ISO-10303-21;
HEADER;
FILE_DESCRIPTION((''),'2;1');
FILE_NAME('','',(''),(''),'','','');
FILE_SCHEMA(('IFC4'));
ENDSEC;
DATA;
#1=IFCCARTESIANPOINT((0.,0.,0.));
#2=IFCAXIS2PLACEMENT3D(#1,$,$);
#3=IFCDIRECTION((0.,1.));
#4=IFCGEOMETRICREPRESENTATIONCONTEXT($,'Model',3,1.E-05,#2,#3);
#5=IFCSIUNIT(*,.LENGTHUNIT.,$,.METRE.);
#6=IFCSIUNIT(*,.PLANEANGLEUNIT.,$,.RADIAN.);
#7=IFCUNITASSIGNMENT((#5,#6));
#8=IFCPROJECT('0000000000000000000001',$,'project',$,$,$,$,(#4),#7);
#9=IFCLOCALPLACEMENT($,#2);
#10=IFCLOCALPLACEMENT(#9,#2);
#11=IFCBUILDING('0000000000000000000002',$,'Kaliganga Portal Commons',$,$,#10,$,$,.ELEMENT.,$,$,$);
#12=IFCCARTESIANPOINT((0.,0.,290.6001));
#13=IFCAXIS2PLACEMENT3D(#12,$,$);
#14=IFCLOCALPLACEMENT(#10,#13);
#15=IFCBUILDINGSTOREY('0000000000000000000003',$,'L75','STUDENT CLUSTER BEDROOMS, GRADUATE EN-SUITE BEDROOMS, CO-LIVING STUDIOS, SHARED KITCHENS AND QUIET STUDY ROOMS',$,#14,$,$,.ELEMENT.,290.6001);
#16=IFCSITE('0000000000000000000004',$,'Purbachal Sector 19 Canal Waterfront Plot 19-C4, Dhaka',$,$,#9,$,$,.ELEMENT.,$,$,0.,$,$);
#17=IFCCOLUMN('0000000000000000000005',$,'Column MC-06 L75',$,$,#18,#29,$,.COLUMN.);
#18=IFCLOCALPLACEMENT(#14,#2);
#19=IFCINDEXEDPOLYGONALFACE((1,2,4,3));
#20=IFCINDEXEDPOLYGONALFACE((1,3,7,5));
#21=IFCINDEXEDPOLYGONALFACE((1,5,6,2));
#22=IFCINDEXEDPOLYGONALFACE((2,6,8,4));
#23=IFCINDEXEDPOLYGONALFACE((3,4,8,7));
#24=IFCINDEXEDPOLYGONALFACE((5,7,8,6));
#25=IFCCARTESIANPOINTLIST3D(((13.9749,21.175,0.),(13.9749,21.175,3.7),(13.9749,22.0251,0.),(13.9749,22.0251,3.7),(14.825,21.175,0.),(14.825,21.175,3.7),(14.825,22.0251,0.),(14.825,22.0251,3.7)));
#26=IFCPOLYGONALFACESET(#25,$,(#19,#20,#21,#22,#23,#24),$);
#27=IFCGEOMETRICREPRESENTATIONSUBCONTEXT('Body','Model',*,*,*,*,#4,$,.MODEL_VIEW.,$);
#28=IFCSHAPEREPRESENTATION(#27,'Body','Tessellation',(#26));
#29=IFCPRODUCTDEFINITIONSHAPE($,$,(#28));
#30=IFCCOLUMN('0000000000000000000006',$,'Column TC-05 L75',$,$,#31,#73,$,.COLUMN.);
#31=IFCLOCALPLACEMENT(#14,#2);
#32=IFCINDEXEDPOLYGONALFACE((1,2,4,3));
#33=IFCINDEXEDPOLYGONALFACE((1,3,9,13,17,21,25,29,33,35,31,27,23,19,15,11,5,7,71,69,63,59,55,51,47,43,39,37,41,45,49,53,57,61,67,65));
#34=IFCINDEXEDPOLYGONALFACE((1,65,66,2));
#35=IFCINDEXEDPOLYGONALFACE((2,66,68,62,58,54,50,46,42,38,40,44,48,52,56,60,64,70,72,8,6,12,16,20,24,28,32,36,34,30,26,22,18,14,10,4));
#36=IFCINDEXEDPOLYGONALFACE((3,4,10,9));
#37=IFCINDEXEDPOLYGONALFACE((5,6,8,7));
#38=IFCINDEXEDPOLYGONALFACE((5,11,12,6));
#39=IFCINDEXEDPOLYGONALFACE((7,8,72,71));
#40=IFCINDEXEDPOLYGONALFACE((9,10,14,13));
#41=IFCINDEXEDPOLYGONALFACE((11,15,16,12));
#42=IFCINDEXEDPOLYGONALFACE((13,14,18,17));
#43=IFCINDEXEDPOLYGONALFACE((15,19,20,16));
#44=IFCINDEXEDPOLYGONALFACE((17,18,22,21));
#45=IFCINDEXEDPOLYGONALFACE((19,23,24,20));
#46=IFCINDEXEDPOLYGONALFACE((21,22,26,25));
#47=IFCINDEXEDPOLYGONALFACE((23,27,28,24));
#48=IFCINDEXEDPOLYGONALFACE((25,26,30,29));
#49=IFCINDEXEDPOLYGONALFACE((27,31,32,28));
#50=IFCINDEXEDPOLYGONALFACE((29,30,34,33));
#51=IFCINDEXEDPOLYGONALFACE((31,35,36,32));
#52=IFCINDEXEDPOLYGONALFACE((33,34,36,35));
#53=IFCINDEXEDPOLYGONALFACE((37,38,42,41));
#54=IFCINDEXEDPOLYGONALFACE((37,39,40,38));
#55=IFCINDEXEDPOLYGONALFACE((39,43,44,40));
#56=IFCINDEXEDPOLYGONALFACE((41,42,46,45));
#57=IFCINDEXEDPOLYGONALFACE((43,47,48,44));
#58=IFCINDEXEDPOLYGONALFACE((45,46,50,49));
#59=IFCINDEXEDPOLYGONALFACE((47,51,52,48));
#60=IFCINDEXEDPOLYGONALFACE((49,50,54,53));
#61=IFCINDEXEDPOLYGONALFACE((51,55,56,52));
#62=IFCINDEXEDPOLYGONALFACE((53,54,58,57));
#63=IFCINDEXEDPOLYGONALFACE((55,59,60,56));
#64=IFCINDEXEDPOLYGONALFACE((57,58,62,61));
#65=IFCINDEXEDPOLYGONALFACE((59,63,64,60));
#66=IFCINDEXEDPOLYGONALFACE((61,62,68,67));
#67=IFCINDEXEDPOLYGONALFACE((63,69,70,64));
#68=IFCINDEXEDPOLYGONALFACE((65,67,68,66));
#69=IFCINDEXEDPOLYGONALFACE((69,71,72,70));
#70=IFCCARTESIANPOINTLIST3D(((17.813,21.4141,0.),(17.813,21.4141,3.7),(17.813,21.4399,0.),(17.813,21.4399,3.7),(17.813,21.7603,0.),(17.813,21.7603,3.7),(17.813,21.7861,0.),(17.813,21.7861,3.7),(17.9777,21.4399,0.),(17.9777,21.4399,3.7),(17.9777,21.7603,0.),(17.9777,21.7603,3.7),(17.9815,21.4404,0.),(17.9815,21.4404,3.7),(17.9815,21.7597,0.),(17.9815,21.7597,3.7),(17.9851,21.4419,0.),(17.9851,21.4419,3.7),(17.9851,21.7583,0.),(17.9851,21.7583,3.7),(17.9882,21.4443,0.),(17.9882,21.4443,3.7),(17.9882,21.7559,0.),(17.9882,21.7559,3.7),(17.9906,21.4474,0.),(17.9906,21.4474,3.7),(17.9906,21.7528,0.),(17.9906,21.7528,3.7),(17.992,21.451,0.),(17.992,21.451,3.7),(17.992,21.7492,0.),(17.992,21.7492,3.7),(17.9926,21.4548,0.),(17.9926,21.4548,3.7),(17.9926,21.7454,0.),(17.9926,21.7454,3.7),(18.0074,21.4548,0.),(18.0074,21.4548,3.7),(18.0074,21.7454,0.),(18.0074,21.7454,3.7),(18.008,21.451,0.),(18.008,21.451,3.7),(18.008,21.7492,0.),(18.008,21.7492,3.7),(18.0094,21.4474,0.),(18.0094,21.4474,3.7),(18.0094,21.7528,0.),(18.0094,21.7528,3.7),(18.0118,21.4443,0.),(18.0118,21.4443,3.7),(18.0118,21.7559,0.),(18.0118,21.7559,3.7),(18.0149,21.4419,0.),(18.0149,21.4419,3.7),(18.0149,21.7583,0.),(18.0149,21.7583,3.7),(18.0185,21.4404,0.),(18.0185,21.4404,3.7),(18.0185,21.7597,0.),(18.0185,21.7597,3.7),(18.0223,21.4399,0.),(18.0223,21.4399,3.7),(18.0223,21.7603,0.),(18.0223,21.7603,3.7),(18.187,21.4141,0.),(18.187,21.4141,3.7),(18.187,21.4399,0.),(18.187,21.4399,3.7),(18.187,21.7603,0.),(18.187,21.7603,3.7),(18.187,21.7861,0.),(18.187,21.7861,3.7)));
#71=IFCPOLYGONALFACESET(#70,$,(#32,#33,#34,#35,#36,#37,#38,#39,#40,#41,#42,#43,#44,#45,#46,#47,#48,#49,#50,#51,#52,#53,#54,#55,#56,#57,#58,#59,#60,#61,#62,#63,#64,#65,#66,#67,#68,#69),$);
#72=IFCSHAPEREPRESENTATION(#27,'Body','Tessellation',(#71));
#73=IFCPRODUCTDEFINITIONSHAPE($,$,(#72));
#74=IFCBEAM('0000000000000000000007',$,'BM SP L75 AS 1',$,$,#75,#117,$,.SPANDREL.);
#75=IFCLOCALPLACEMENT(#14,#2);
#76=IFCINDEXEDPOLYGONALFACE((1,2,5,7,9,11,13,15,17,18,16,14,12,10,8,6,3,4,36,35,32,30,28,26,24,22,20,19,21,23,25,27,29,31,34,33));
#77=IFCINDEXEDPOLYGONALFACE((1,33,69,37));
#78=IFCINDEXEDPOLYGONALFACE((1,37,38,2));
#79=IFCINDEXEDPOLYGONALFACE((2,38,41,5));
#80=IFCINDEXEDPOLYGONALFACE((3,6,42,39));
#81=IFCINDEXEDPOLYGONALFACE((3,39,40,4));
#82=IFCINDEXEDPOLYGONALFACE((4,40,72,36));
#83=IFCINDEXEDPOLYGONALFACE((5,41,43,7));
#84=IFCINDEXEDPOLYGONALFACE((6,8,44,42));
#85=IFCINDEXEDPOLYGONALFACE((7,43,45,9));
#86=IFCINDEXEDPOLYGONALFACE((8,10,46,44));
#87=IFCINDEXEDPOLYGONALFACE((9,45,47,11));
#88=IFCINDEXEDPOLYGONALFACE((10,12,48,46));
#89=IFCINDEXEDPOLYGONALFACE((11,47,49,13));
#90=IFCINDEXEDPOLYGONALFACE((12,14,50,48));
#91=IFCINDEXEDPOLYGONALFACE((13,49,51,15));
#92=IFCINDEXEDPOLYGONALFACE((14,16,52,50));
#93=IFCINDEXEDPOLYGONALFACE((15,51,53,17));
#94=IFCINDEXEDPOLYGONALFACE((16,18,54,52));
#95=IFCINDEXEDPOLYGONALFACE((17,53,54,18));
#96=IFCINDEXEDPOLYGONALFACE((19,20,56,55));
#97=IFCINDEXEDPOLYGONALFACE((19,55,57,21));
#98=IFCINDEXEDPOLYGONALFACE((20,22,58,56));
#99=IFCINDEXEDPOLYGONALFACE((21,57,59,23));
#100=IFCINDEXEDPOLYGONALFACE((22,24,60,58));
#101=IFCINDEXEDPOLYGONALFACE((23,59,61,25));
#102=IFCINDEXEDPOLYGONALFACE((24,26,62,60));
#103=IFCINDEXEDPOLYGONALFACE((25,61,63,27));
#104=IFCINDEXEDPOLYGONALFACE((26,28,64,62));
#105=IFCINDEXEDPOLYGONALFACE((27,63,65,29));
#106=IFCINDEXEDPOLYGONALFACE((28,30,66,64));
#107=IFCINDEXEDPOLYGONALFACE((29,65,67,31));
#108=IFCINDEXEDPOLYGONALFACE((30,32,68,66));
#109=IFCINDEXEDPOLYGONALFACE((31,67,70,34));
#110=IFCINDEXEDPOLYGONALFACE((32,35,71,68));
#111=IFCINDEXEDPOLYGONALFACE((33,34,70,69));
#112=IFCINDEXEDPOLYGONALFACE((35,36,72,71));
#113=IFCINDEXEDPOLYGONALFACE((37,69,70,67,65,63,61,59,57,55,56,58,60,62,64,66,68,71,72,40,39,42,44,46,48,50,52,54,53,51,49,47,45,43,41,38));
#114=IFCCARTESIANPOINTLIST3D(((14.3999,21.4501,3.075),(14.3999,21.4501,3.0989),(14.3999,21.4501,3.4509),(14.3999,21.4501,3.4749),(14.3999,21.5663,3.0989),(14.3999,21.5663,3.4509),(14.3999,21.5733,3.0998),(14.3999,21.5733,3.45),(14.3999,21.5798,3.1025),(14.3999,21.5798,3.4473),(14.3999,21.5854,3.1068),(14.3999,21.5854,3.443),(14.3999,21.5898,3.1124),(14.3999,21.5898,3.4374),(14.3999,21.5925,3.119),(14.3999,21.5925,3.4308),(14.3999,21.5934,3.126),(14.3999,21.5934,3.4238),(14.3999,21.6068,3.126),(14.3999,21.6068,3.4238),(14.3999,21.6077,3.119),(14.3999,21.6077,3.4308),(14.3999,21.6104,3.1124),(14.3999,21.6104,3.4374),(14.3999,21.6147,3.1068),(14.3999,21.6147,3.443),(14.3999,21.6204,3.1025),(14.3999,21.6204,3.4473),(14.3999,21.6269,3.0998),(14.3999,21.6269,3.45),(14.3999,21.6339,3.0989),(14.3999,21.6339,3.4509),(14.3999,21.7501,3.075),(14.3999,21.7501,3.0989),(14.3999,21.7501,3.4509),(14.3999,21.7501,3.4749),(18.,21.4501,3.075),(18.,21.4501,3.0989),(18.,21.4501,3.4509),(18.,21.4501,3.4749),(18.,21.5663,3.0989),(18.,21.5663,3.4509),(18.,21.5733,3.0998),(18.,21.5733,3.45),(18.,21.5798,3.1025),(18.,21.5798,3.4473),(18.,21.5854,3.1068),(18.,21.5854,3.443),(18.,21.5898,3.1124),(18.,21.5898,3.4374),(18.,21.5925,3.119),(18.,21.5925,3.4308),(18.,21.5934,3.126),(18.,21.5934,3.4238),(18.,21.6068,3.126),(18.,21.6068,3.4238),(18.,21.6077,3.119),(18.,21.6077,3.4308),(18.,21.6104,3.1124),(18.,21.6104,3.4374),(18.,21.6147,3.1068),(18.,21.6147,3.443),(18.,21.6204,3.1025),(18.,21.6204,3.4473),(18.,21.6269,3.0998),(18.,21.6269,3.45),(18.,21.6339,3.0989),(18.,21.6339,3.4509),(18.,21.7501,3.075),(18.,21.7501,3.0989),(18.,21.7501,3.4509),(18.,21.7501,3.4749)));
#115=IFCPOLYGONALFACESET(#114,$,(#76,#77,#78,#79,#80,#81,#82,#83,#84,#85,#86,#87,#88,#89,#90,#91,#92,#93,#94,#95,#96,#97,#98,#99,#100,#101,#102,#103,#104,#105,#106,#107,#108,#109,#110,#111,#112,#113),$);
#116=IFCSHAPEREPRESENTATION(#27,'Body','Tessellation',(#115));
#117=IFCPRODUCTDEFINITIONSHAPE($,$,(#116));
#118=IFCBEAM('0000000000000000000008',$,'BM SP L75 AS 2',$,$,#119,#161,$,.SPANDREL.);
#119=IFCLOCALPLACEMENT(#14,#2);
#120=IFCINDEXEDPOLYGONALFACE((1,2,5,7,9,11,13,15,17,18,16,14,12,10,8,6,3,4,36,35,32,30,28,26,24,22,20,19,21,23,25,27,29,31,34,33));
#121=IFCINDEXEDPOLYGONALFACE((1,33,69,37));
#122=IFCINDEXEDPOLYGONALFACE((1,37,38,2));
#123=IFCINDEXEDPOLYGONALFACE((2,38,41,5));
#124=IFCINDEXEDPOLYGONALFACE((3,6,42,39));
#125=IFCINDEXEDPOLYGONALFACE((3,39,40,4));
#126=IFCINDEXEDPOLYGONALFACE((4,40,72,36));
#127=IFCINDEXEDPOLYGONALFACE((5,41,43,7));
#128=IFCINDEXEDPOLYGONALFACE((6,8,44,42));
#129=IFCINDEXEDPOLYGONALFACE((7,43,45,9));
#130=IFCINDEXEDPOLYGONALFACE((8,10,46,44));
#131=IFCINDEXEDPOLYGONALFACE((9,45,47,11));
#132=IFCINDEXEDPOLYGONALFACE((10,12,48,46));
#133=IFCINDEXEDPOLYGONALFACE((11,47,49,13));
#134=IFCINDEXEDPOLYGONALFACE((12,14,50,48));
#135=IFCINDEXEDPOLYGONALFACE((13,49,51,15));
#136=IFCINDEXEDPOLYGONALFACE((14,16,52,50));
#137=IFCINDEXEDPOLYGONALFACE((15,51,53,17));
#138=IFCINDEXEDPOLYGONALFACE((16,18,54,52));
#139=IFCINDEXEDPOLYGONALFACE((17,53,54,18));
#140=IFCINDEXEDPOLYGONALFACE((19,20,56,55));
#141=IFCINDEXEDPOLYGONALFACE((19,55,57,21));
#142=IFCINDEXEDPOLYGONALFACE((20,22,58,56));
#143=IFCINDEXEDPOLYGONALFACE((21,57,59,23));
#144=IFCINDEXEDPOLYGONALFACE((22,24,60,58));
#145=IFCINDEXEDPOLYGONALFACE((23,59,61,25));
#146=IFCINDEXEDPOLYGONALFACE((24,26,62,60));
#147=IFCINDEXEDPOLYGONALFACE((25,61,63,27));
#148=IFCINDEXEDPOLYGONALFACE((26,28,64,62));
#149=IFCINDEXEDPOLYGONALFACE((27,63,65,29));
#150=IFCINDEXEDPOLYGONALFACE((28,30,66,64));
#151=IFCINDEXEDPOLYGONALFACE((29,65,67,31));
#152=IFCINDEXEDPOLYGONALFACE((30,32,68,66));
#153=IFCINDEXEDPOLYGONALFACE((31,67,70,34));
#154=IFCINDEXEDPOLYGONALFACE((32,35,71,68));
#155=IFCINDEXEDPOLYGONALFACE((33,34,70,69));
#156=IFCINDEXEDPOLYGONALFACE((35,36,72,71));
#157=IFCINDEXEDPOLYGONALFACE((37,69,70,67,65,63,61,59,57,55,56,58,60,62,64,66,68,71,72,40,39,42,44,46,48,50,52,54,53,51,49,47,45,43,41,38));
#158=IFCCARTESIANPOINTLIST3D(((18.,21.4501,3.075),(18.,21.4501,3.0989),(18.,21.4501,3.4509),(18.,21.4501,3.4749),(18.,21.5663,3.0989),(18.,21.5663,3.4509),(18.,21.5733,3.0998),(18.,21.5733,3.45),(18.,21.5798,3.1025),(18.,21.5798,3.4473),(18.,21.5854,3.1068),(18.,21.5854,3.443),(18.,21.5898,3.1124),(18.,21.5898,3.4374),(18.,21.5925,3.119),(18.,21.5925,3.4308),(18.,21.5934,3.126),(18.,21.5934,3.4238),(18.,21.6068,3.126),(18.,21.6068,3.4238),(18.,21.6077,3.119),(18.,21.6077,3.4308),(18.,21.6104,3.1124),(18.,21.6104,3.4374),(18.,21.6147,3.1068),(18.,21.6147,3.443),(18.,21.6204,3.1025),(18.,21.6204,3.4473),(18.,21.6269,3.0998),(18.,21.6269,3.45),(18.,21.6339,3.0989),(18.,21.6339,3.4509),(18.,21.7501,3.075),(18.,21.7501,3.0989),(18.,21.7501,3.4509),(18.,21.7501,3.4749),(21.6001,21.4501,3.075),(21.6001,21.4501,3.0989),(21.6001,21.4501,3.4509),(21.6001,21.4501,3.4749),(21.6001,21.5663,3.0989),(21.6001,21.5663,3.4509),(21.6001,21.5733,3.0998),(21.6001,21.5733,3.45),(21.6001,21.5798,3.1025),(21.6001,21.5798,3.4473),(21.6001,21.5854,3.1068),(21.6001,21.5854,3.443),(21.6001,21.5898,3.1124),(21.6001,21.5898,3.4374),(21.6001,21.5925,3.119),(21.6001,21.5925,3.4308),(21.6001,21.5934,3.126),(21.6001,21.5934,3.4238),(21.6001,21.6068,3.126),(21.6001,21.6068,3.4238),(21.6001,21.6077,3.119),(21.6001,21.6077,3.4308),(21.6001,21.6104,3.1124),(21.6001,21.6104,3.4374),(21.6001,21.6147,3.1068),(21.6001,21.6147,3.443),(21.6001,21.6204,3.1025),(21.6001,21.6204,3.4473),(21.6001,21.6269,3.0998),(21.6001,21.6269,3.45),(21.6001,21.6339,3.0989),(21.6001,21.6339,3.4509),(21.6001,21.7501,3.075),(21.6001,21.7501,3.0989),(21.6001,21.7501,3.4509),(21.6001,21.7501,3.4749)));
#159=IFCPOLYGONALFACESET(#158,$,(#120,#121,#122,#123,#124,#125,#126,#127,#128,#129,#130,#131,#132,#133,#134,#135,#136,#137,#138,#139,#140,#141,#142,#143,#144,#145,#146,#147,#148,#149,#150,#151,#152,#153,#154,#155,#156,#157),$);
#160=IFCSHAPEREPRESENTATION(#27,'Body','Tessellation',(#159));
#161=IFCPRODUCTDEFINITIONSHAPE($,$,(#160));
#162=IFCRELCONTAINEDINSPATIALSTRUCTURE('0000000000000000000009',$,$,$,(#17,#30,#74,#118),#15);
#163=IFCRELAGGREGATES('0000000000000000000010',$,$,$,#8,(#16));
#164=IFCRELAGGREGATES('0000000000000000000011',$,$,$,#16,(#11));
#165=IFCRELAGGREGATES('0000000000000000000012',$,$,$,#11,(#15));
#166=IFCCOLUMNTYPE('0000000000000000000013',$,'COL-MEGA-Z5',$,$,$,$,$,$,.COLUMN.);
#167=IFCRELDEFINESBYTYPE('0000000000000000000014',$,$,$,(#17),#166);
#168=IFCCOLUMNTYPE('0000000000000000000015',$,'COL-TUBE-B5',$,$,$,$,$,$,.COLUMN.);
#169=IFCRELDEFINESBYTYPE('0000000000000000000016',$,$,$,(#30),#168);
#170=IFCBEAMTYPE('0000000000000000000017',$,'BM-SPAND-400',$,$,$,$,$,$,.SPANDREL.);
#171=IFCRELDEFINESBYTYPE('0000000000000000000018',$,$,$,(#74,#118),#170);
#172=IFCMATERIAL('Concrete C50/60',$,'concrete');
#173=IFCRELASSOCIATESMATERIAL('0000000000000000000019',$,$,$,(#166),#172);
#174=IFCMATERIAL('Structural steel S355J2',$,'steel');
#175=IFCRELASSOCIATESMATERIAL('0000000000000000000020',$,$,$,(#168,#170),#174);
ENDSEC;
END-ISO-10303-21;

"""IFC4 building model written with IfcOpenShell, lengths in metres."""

from ifc_helpers import new_model, si_unit, direction, frame, origin, origin_2d, place, context, subcontext, project, spatial, rectangle, i_section, extrude, source, transform, mapped, material, material_profile, profile_set, type_object, element, save


model = new_model("IFC4")

# Units and contexts
model_context = context("Model", 3, precision=1e-05, world=origin(), true_north=direction((0.0, 1.0)))
body_context = subcontext(model_context, "Body", "Model", "MODEL_VIEW")
ifc_project = project(units=[si_unit("LENGTHUNIT", "METRE"), si_unit("PLANEANGLEUNIT", "RADIAN")], contexts=[model_context])

# Site, building, storey
site_placement = place(None, origin())
site = spatial("IfcSite", under=ifc_project, at=site_placement, Name="Purbachal Sector 19 Canal Waterfront Plot 19-C4, Dhaka", CompositionType="ELEMENT", RefElevation=0.0)
building_placement = place(site_placement, origin())
building = spatial("IfcBuilding", under=site, at=building_placement, Name="Kaliganga Portal Commons", CompositionType="ELEMENT")
storey_placement = place(building_placement, frame((0.0, 0.0, 290.6001)))
storey = spatial("IfcBuildingStorey", under=building, at=storey_placement, Name="L75", Description="STUDENT CLUSTER BEDROOMS, GRADUATE EN-SUITE BEDROOMS, CO-LIVING STUDIOS, SHARED KITCHENS AND QUIET STUDY ROOMS", CompositionType="ELEMENT", Elevation=290.6001)

# Columns
ifc_material_1 = material(Name="Concrete C50/60", Category="concrete")
ifc_material_profile_1 = material_profile(ifc_material_1, rectangle(XDim=0.8501, YDim=0.8501, at=origin_2d()), Name="RC 850x850")
ifc_profile_set_1 = profile_set([ifc_material_profile_1], Name="Concrete C50/60")
column_type_1 = type_object("IfcColumnType", Name="COL-MEGA-Z5", PredefinedType="COLUMN", material=ifc_profile_set_1)
shared_shape_1 = source(origin(), body_context, "Body", "SweptSolid", [
    extrude(rectangle(XDim=0.8501, YDim=0.8501, at=origin_2d()), origin(), (0.0, 0.0, 1.0), 3.7),
])
column_1_placement = place(storey_placement, frame((14.3999, 21.6001, 0.0), z_axis=(0.0, 0.0, 1.0), x_axis=(1.0, 0.0, 0.0)))
element("IfcColumn", 1, at=column_1_placement, inside=storey, type_object=column_type_1, Name="Column MC-06 L75", PredefinedType="COLUMN", context=body_context, shape_type="MappedRepresentation", body=[
    mapped(shared_shape_1, transform((0.0, 0.0, 0.0), x_axis=(1.0, 0.0, 0.0), y_axis=(0.0, 1.0, 0.0), z_axis=(0.0, 0.0, 1.0), scale=1.0)),
])
ifc_material_2 = material(Name="Structural steel S355J2", Category="steel")
ifc_material_profile_2 = material_profile(ifc_material_2, i_section(OverallWidth=0.374, OverallDepth=0.3721, WebThickness=0.0149, FlangeThickness=0.0259, FilletRadius=0.0149, at=origin_2d()), Name="HD 360x196")
ifc_profile_set_2 = profile_set([ifc_material_profile_2], Name="Structural steel S355J2 wide-flange")
column_type_2 = type_object("IfcColumnType", Name="COL-TUBE-B5", PredefinedType="COLUMN", material=ifc_profile_set_2)
shared_shape_2 = source(origin(), body_context, "Body", "SweptSolid", [
    extrude(i_section(OverallWidth=0.374, OverallDepth=0.3721, WebThickness=0.0149, FlangeThickness=0.0259, FilletRadius=0.0149, at=origin_2d()), origin(), (0.0, 0.0, 1.0), 3.7),
])
column_2_placement = place(storey_placement, frame((18.0, 21.6001, 0.0), z_axis=(0.0, 0.0, 1.0), x_axis=(1.0, 0.0, 0.0)))
element("IfcColumn", 2, at=column_2_placement, inside=storey, type_object=column_type_2, Name="Column TC-05 L75", PredefinedType="COLUMN", context=body_context, shape_type="MappedRepresentation", body=[
    mapped(shared_shape_2, transform((0.0, 0.0, 0.0), x_axis=(1.0, 0.0, 0.0), y_axis=(0.0, 1.0, 0.0), z_axis=(0.0, 0.0, 1.0), scale=1.0)),
])

# Beams
ifc_material_profile_3 = material_profile(ifc_material_2, i_section(OverallWidth=0.3, OverallDepth=0.3999, WebThickness=0.0134, FlangeThickness=0.0239, FilletRadius=0.0271, at=origin_2d()), Name="HE 400 B")
ifc_profile_set_3 = profile_set([ifc_material_profile_3], Name="Structural steel S355J2 wide-flange")
beam_type_1 = type_object("IfcBeamType", Name="BM-SPAND-400", PredefinedType="SPANDREL", material=ifc_profile_set_3)
shared_shape_3 = source(origin(), body_context, "Body", "SweptSolid", [
    extrude(i_section(OverallWidth=0.3, OverallDepth=0.3999, WebThickness=0.0134, FlangeThickness=0.0239, FilletRadius=0.0271, at=origin_2d()), origin(), (0.0, 0.0, 1.0), 3.6001),
])
for number, where, z_axis, x_axis, name in (
    (3, (14.3999, 21.6001, 3.2749), (1.0, 0.0, 0.0), (0.0, 1.0, 0.0), "BM SP L75 AS 1"),
    (4, (18.0, 21.6001, 3.2749), (1.0, 0.0, 0.0), (0.0, 1.0, 0.0), "BM SP L75 AS 2"),
):
    element("IfcBeam", number, at=place(storey_placement, frame(where, z_axis=z_axis, x_axis=x_axis)), inside=storey, type_object=beam_type_1, Name=name, PredefinedType="SPANDREL", context=body_context, shape_type="MappedRepresentation", body=[
        mapped(shared_shape_3, transform((0.0, 0.0, 0.0), x_axis=(1.0, 0.0, 0.0), y_axis=(0.0, 1.0, 0.0), z_axis=(0.0, 0.0, 1.0), scale=1.0)),
    ])

save(model, "model.ifc")
